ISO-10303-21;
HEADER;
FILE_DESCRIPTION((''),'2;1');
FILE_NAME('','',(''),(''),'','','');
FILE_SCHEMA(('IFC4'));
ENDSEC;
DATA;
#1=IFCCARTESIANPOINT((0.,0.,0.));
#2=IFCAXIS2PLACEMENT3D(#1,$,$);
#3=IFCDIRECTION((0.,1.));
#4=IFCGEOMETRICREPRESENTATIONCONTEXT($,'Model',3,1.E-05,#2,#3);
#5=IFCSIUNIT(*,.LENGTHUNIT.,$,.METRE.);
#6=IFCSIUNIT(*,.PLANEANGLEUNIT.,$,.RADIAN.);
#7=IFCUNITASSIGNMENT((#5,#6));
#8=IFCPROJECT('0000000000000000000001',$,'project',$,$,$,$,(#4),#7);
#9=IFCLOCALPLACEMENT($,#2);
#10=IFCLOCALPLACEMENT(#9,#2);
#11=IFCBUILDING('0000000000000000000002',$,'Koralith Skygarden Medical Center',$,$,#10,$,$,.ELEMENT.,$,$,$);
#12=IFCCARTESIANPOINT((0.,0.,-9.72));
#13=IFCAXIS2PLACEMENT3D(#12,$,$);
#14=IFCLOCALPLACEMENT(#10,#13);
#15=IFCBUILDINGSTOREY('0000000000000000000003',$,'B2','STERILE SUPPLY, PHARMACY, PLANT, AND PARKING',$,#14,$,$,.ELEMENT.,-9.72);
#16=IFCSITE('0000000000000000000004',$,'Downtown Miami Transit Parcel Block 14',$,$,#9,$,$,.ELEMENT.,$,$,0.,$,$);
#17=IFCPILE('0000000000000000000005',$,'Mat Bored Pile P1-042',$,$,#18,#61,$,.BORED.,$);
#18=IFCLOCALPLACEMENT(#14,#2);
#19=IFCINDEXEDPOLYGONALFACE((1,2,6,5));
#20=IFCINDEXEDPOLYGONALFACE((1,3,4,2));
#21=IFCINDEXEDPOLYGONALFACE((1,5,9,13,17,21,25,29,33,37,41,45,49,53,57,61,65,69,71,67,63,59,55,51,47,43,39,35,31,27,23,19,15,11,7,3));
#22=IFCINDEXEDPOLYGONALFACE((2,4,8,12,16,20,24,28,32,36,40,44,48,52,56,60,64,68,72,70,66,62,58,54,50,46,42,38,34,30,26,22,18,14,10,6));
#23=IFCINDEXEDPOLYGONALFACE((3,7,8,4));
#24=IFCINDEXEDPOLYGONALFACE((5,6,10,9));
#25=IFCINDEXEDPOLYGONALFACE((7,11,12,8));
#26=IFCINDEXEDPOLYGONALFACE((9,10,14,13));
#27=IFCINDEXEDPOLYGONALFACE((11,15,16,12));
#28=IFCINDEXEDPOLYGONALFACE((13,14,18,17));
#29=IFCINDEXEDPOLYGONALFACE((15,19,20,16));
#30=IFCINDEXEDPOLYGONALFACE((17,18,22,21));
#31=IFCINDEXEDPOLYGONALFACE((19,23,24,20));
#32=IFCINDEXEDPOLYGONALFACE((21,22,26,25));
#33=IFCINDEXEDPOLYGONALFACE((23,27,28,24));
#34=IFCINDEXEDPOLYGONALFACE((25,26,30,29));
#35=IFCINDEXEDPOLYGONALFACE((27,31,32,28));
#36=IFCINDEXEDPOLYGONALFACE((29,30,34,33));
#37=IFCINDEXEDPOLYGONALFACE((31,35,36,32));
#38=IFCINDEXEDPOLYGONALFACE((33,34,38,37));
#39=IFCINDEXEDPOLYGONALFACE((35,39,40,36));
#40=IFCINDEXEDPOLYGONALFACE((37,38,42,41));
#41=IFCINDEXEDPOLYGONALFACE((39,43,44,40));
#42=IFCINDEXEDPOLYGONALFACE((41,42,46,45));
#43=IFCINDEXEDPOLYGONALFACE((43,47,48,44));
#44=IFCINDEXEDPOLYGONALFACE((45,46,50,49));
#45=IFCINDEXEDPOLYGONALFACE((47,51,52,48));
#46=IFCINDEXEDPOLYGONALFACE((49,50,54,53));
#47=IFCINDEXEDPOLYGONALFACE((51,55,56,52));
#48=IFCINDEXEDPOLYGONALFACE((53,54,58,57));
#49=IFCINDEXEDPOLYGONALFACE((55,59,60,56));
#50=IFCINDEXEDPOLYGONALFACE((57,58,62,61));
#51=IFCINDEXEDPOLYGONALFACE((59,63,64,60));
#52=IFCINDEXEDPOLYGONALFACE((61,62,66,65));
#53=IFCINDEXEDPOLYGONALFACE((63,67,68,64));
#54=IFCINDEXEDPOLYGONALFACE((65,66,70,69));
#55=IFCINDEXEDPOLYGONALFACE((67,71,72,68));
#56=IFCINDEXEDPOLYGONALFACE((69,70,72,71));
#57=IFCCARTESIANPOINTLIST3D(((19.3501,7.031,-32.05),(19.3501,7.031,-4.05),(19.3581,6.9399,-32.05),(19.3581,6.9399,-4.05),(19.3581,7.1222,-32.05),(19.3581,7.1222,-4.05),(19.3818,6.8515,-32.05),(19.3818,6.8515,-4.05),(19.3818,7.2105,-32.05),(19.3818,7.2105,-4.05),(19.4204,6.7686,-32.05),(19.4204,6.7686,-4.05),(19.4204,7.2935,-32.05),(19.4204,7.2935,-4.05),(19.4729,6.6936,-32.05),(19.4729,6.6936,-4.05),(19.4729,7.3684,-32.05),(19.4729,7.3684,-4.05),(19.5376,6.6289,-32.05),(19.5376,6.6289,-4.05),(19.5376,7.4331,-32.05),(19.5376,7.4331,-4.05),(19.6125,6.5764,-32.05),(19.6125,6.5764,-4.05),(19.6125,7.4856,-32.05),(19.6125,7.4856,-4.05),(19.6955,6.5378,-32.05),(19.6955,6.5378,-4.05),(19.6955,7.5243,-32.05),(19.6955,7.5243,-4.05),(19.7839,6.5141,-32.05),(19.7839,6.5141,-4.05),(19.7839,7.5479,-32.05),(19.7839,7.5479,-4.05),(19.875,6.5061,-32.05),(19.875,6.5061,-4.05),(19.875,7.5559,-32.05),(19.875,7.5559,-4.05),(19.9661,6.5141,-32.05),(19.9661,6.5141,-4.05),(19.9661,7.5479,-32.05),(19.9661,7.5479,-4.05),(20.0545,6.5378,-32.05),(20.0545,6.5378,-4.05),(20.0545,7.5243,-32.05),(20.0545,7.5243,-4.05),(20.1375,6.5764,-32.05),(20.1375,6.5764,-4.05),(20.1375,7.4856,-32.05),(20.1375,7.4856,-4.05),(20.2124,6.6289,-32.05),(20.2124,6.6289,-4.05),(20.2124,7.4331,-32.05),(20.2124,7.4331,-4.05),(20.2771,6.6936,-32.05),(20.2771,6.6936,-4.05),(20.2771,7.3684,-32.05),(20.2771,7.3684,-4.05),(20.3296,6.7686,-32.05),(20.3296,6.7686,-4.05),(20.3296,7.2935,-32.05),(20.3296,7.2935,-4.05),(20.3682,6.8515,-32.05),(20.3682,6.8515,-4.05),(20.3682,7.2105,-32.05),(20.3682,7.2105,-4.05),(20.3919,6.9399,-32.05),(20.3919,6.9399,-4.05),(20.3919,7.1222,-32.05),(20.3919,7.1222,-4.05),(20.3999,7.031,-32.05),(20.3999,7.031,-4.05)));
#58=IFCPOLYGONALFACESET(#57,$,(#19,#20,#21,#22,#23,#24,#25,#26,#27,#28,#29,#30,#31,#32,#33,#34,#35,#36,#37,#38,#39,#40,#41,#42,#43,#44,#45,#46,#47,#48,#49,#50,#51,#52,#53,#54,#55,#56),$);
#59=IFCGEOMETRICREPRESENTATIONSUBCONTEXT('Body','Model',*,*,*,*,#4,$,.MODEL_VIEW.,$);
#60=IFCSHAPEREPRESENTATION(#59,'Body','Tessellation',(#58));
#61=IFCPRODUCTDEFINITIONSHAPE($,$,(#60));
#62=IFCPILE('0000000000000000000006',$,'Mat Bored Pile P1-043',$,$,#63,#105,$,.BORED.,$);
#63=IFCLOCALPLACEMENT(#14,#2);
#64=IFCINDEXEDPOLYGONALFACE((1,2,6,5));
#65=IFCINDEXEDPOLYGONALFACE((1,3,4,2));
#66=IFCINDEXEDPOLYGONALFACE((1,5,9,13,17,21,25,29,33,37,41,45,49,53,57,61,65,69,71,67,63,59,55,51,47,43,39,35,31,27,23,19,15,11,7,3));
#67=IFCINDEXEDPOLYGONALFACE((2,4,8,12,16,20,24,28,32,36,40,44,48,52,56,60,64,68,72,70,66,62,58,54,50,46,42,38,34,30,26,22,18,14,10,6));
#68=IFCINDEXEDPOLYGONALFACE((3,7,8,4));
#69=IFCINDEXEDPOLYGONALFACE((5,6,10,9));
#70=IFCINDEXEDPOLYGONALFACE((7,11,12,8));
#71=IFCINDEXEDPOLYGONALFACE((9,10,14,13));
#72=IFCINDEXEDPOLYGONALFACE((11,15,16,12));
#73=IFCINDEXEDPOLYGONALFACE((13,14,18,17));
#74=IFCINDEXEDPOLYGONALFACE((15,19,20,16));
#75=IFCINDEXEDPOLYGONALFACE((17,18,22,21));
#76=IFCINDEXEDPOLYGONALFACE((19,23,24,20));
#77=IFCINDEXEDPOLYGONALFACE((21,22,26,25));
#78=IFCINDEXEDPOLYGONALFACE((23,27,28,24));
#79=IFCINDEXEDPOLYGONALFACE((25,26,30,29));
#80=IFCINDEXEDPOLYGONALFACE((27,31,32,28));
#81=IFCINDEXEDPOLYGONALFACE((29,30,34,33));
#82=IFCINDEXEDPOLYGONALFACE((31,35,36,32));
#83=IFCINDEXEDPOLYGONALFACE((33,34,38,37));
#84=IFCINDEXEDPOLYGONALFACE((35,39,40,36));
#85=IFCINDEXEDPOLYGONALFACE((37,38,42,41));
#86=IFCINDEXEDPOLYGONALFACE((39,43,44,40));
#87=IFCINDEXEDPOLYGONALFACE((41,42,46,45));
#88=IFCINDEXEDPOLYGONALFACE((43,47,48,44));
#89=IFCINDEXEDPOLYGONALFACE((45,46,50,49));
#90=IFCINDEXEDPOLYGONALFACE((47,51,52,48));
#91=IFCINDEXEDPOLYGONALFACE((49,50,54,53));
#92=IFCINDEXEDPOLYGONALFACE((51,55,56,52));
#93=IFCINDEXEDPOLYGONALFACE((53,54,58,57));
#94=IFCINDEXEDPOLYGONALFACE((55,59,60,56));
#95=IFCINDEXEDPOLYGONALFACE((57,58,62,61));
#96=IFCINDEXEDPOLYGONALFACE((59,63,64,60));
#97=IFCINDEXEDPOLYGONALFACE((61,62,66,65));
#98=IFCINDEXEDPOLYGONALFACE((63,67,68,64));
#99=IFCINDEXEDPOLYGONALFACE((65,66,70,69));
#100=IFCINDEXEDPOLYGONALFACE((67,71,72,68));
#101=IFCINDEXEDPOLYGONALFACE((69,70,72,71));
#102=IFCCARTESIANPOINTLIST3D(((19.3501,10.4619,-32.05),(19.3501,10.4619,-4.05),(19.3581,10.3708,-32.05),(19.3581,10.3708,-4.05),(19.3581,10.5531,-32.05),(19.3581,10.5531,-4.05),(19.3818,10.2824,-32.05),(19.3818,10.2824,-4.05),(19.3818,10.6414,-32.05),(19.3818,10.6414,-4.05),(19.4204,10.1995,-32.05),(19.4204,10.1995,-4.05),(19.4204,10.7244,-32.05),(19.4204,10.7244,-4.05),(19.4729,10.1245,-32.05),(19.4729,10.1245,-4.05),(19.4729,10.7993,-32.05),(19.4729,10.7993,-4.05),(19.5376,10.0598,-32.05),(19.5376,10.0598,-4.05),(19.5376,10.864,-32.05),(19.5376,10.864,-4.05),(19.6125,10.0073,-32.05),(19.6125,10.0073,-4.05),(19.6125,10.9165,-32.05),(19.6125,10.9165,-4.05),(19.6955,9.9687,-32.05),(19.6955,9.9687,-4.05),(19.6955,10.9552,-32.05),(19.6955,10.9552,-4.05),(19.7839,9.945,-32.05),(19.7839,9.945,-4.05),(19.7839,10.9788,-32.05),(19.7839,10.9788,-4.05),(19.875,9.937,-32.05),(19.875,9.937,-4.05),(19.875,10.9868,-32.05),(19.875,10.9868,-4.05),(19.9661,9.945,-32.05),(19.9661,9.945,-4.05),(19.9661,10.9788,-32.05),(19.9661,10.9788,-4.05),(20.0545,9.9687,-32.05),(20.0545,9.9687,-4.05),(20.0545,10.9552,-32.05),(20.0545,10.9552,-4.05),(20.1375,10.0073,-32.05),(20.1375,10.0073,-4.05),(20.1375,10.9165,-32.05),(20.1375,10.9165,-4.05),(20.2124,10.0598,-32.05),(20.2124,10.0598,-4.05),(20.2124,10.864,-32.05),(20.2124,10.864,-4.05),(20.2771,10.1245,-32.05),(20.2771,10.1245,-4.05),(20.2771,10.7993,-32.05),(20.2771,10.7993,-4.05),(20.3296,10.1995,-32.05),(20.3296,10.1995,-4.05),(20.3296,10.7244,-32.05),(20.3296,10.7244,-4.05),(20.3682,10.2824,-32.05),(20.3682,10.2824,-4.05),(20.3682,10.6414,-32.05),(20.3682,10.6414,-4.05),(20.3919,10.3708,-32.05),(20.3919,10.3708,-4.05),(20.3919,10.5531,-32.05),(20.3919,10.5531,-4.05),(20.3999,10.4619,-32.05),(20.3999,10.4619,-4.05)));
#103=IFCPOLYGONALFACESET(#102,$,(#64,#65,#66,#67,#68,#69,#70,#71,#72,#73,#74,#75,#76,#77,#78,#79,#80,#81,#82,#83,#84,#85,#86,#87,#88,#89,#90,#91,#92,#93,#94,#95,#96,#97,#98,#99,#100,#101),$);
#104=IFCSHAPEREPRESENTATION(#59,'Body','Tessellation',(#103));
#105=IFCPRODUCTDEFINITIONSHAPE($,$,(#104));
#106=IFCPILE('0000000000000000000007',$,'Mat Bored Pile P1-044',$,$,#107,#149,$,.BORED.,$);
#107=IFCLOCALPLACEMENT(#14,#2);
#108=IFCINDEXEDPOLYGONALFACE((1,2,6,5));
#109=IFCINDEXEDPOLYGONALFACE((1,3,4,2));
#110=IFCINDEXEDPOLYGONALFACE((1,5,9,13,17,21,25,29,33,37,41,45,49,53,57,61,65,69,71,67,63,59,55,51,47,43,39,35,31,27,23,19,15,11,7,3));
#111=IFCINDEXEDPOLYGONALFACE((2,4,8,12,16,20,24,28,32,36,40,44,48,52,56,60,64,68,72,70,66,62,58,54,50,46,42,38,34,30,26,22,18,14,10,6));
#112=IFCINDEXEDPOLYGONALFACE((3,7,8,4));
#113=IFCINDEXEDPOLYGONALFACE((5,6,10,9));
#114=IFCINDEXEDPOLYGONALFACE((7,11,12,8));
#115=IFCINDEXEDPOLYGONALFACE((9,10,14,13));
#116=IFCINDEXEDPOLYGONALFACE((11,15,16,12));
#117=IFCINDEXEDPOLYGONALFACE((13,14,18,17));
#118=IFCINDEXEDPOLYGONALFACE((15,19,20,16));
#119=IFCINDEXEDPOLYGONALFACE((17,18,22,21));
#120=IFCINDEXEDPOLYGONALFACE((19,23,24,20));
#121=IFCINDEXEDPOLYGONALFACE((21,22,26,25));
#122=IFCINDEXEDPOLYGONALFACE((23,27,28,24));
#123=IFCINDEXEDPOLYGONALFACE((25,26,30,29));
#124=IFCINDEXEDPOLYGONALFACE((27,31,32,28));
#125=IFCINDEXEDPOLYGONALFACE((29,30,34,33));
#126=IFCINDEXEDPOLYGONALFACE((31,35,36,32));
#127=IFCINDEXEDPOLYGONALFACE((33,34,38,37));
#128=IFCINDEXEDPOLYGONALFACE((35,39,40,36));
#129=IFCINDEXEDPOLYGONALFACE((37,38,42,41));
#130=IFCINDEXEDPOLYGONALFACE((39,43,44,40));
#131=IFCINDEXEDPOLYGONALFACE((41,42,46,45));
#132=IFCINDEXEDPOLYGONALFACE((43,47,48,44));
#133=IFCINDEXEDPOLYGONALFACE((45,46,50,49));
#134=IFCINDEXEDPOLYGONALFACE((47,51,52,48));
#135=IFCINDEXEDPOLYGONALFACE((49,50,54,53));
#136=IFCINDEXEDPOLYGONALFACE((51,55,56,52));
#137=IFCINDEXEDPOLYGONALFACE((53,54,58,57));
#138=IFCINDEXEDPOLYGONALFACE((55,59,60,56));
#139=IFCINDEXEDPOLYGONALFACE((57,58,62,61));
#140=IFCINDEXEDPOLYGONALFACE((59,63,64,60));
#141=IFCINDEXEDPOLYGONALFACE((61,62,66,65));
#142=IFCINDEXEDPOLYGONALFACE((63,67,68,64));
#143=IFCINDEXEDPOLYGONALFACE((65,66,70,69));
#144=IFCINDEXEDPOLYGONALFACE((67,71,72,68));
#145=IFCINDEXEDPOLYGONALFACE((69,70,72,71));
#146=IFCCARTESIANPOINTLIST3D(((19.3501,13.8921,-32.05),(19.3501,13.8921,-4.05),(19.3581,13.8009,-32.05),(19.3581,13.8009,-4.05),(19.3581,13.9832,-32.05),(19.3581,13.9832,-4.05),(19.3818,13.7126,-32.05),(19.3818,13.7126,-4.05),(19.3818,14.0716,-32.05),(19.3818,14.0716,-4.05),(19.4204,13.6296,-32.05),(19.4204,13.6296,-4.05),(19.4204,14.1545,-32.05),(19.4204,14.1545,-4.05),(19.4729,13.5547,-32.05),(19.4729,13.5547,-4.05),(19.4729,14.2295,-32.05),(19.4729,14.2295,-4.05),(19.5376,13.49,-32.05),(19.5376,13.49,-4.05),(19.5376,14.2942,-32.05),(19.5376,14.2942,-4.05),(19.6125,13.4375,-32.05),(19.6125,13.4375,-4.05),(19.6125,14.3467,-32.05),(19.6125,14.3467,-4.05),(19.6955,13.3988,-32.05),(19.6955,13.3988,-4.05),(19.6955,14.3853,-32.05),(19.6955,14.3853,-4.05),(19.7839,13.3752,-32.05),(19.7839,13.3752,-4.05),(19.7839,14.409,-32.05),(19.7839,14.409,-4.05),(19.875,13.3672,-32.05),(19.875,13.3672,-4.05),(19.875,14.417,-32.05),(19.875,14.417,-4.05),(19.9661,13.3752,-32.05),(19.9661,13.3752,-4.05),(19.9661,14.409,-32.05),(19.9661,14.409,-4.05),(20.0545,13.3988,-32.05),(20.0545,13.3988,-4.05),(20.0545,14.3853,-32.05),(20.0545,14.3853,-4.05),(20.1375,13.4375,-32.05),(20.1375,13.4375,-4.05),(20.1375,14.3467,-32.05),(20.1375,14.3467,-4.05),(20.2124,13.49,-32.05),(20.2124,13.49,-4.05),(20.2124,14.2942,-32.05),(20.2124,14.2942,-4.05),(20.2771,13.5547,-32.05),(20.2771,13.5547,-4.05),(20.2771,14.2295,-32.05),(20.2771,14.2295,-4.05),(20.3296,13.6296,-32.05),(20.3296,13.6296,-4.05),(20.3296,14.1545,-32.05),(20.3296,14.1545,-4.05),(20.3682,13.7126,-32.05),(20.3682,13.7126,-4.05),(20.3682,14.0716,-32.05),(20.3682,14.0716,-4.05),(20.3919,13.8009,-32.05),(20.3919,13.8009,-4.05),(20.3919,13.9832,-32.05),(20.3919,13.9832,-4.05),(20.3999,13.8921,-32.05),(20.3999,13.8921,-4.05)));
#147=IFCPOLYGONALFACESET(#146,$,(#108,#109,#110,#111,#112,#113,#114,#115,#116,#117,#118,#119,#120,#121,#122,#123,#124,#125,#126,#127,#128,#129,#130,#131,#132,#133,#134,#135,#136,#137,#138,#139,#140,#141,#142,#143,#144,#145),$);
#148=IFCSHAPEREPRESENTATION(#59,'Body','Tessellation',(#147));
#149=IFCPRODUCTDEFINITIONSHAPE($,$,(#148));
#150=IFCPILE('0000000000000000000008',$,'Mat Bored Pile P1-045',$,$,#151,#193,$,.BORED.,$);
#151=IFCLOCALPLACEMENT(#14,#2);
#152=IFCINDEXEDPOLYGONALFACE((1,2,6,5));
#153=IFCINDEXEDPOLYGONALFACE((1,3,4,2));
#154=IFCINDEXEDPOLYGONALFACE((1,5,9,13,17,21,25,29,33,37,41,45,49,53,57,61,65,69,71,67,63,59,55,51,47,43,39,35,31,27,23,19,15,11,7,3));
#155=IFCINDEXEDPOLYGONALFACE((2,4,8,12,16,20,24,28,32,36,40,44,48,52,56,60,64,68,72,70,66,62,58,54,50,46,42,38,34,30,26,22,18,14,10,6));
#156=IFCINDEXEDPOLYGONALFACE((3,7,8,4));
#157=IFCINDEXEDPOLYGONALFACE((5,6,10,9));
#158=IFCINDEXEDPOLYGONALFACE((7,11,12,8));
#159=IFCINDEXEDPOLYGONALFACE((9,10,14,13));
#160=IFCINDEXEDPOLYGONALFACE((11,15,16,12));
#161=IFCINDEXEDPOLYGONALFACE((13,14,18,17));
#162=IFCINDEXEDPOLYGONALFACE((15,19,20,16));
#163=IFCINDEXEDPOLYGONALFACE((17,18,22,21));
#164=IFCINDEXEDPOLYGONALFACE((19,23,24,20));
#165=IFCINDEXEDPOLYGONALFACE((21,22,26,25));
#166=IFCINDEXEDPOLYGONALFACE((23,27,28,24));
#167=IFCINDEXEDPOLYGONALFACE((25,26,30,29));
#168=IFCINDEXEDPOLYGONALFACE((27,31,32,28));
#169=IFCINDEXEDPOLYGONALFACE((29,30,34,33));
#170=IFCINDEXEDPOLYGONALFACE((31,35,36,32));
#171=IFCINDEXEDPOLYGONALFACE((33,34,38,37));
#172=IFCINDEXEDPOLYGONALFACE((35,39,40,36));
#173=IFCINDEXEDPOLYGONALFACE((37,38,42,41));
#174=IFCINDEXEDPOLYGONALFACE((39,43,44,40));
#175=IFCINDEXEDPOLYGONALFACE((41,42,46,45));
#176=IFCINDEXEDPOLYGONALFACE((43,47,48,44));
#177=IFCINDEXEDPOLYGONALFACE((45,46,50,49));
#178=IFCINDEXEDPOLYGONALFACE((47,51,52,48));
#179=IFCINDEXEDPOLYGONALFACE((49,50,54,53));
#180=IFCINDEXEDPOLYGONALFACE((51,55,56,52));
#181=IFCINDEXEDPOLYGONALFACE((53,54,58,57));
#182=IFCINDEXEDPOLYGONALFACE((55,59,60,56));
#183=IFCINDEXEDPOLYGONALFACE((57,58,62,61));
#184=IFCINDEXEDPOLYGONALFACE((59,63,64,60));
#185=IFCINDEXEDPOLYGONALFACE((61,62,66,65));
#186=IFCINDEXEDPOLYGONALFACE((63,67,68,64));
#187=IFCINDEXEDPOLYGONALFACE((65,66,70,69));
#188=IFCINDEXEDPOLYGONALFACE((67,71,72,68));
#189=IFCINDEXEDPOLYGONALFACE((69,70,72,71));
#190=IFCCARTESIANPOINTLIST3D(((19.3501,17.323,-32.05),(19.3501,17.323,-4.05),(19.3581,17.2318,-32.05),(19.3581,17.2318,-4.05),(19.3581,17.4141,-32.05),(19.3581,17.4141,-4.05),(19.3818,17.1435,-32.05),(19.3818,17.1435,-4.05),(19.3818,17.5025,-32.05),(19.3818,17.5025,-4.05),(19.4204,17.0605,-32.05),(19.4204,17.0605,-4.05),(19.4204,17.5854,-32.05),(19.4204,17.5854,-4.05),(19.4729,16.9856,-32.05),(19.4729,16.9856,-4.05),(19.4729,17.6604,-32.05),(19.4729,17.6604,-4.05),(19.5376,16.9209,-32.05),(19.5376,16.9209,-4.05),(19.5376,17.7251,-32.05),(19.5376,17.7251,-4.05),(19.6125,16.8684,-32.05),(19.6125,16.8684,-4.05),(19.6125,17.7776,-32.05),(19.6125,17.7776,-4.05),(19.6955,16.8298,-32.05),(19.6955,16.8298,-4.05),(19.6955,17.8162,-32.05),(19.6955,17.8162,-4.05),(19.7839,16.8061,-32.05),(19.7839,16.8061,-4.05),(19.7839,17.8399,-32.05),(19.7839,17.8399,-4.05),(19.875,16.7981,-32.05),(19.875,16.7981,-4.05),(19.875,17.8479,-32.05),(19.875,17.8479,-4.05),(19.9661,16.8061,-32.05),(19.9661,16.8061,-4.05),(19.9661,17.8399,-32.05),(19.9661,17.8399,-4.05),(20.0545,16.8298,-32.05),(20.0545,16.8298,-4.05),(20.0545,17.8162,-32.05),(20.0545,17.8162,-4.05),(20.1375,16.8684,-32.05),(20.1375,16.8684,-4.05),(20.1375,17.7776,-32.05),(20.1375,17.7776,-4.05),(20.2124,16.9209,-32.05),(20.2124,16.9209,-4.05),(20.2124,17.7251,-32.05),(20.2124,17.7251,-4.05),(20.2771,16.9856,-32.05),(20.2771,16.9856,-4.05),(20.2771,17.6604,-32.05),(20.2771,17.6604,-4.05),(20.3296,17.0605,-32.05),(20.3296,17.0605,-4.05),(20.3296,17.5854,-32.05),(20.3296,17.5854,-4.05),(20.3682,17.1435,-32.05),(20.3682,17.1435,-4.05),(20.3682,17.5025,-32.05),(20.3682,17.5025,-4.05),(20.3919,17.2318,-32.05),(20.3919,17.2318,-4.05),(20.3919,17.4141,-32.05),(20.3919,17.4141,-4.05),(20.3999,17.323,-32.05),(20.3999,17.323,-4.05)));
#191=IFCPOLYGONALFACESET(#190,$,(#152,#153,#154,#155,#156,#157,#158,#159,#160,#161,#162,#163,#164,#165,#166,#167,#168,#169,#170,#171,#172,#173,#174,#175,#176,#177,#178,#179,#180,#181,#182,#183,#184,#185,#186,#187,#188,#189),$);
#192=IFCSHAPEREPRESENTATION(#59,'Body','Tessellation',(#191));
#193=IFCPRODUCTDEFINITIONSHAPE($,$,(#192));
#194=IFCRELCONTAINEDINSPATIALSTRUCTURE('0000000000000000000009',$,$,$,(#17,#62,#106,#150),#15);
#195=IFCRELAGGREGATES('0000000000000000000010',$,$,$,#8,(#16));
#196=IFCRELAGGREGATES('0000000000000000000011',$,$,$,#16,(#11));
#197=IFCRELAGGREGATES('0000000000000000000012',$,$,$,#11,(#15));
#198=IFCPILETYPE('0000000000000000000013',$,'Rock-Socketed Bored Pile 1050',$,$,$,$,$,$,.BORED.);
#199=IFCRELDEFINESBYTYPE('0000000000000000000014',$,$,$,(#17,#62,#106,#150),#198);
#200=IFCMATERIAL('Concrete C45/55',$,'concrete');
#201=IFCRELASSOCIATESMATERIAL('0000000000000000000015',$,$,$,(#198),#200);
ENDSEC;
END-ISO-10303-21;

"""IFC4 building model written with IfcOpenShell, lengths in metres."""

from ifc_helpers import new_model, si_unit, direction, frame, origin, origin_2d, place, context, subcontext, project, spatial, circle, extrude, material, material_profile, profile_set, type_object, element, save


model = new_model("IFC4")

# Units and contexts
model_context = context("Model", 3, precision=1e-05, world=origin(), true_north=direction((0.0, 1.0)))
body_context = subcontext(model_context, "Body", "Model", "MODEL_VIEW")
ifc_project = project(units=[si_unit("LENGTHUNIT", "METRE"), si_unit("PLANEANGLEUNIT", "RADIAN")], contexts=[model_context])

# Site, building, storey
site_placement = place(None, origin())
site = spatial("IfcSite", under=ifc_project, at=site_placement, Name="Downtown Miami Transit Parcel Block 14", CompositionType="ELEMENT", RefElevation=0.0)
building_placement = place(site_placement, origin())
building = spatial("IfcBuilding", under=site, at=building_placement, Name="Koralith Skygarden Medical Center", CompositionType="ELEMENT")
storey_placement = place(building_placement, frame((0.0, 0.0, -9.72)))
storey = spatial("IfcBuildingStorey", under=building, at=storey_placement, Name="B2", Description="STERILE SUPPLY, PHARMACY, PLANT, AND PARKING", CompositionType="ELEMENT", Elevation=-9.72)

# Piles
ifc_material_1 = material(Name="Concrete C45/55", Category="concrete")
ifc_material_profile_1 = material_profile(ifc_material_1, circle(Radius=0.5249, at=origin_2d()), Name="PILE1050")
ifc_profile_set_1 = profile_set([ifc_material_profile_1], Name="Concrete C45/55")
pile_type = type_object("IfcPileType", Name="Rock-Socketed Bored Pile 1050", PredefinedType="BORED", material=ifc_profile_set_1)
for number, where, z_axis, x_axis, name in (
    (1, (19.875, 7.031, -4.05), (0.0, 0.0, -1.0), (1.0, 0.0, 0.0), "Mat Bored Pile P1-042"),
    (2, (19.875, 10.4619, -4.05), (0.0, 0.0, -1.0), (1.0, 0.0, 0.0), "Mat Bored Pile P1-043"),
    (3, (19.875, 13.8921, -4.05), (0.0, 0.0, -1.0), (1.0, 0.0, 0.0), "Mat Bored Pile P1-044"),
    (4, (19.875, 17.323, -4.05), (0.0, 0.0, -1.0), (1.0, 0.0, 0.0), "Mat Bored Pile P1-045"),
):
    element("IfcPile", number, at=place(storey_placement, frame(where, z_axis=z_axis, x_axis=x_axis)), inside=storey, type_object=pile_type, Name=name, PredefinedType="BORED", context=body_context, shape_type="SweptSolid", body=[
        extrude(circle(Radius=0.5249, at=origin_2d()), origin(), (0.0, 0.0, 1.0), 28.0),
    ])

save(model, "model.ifc")
